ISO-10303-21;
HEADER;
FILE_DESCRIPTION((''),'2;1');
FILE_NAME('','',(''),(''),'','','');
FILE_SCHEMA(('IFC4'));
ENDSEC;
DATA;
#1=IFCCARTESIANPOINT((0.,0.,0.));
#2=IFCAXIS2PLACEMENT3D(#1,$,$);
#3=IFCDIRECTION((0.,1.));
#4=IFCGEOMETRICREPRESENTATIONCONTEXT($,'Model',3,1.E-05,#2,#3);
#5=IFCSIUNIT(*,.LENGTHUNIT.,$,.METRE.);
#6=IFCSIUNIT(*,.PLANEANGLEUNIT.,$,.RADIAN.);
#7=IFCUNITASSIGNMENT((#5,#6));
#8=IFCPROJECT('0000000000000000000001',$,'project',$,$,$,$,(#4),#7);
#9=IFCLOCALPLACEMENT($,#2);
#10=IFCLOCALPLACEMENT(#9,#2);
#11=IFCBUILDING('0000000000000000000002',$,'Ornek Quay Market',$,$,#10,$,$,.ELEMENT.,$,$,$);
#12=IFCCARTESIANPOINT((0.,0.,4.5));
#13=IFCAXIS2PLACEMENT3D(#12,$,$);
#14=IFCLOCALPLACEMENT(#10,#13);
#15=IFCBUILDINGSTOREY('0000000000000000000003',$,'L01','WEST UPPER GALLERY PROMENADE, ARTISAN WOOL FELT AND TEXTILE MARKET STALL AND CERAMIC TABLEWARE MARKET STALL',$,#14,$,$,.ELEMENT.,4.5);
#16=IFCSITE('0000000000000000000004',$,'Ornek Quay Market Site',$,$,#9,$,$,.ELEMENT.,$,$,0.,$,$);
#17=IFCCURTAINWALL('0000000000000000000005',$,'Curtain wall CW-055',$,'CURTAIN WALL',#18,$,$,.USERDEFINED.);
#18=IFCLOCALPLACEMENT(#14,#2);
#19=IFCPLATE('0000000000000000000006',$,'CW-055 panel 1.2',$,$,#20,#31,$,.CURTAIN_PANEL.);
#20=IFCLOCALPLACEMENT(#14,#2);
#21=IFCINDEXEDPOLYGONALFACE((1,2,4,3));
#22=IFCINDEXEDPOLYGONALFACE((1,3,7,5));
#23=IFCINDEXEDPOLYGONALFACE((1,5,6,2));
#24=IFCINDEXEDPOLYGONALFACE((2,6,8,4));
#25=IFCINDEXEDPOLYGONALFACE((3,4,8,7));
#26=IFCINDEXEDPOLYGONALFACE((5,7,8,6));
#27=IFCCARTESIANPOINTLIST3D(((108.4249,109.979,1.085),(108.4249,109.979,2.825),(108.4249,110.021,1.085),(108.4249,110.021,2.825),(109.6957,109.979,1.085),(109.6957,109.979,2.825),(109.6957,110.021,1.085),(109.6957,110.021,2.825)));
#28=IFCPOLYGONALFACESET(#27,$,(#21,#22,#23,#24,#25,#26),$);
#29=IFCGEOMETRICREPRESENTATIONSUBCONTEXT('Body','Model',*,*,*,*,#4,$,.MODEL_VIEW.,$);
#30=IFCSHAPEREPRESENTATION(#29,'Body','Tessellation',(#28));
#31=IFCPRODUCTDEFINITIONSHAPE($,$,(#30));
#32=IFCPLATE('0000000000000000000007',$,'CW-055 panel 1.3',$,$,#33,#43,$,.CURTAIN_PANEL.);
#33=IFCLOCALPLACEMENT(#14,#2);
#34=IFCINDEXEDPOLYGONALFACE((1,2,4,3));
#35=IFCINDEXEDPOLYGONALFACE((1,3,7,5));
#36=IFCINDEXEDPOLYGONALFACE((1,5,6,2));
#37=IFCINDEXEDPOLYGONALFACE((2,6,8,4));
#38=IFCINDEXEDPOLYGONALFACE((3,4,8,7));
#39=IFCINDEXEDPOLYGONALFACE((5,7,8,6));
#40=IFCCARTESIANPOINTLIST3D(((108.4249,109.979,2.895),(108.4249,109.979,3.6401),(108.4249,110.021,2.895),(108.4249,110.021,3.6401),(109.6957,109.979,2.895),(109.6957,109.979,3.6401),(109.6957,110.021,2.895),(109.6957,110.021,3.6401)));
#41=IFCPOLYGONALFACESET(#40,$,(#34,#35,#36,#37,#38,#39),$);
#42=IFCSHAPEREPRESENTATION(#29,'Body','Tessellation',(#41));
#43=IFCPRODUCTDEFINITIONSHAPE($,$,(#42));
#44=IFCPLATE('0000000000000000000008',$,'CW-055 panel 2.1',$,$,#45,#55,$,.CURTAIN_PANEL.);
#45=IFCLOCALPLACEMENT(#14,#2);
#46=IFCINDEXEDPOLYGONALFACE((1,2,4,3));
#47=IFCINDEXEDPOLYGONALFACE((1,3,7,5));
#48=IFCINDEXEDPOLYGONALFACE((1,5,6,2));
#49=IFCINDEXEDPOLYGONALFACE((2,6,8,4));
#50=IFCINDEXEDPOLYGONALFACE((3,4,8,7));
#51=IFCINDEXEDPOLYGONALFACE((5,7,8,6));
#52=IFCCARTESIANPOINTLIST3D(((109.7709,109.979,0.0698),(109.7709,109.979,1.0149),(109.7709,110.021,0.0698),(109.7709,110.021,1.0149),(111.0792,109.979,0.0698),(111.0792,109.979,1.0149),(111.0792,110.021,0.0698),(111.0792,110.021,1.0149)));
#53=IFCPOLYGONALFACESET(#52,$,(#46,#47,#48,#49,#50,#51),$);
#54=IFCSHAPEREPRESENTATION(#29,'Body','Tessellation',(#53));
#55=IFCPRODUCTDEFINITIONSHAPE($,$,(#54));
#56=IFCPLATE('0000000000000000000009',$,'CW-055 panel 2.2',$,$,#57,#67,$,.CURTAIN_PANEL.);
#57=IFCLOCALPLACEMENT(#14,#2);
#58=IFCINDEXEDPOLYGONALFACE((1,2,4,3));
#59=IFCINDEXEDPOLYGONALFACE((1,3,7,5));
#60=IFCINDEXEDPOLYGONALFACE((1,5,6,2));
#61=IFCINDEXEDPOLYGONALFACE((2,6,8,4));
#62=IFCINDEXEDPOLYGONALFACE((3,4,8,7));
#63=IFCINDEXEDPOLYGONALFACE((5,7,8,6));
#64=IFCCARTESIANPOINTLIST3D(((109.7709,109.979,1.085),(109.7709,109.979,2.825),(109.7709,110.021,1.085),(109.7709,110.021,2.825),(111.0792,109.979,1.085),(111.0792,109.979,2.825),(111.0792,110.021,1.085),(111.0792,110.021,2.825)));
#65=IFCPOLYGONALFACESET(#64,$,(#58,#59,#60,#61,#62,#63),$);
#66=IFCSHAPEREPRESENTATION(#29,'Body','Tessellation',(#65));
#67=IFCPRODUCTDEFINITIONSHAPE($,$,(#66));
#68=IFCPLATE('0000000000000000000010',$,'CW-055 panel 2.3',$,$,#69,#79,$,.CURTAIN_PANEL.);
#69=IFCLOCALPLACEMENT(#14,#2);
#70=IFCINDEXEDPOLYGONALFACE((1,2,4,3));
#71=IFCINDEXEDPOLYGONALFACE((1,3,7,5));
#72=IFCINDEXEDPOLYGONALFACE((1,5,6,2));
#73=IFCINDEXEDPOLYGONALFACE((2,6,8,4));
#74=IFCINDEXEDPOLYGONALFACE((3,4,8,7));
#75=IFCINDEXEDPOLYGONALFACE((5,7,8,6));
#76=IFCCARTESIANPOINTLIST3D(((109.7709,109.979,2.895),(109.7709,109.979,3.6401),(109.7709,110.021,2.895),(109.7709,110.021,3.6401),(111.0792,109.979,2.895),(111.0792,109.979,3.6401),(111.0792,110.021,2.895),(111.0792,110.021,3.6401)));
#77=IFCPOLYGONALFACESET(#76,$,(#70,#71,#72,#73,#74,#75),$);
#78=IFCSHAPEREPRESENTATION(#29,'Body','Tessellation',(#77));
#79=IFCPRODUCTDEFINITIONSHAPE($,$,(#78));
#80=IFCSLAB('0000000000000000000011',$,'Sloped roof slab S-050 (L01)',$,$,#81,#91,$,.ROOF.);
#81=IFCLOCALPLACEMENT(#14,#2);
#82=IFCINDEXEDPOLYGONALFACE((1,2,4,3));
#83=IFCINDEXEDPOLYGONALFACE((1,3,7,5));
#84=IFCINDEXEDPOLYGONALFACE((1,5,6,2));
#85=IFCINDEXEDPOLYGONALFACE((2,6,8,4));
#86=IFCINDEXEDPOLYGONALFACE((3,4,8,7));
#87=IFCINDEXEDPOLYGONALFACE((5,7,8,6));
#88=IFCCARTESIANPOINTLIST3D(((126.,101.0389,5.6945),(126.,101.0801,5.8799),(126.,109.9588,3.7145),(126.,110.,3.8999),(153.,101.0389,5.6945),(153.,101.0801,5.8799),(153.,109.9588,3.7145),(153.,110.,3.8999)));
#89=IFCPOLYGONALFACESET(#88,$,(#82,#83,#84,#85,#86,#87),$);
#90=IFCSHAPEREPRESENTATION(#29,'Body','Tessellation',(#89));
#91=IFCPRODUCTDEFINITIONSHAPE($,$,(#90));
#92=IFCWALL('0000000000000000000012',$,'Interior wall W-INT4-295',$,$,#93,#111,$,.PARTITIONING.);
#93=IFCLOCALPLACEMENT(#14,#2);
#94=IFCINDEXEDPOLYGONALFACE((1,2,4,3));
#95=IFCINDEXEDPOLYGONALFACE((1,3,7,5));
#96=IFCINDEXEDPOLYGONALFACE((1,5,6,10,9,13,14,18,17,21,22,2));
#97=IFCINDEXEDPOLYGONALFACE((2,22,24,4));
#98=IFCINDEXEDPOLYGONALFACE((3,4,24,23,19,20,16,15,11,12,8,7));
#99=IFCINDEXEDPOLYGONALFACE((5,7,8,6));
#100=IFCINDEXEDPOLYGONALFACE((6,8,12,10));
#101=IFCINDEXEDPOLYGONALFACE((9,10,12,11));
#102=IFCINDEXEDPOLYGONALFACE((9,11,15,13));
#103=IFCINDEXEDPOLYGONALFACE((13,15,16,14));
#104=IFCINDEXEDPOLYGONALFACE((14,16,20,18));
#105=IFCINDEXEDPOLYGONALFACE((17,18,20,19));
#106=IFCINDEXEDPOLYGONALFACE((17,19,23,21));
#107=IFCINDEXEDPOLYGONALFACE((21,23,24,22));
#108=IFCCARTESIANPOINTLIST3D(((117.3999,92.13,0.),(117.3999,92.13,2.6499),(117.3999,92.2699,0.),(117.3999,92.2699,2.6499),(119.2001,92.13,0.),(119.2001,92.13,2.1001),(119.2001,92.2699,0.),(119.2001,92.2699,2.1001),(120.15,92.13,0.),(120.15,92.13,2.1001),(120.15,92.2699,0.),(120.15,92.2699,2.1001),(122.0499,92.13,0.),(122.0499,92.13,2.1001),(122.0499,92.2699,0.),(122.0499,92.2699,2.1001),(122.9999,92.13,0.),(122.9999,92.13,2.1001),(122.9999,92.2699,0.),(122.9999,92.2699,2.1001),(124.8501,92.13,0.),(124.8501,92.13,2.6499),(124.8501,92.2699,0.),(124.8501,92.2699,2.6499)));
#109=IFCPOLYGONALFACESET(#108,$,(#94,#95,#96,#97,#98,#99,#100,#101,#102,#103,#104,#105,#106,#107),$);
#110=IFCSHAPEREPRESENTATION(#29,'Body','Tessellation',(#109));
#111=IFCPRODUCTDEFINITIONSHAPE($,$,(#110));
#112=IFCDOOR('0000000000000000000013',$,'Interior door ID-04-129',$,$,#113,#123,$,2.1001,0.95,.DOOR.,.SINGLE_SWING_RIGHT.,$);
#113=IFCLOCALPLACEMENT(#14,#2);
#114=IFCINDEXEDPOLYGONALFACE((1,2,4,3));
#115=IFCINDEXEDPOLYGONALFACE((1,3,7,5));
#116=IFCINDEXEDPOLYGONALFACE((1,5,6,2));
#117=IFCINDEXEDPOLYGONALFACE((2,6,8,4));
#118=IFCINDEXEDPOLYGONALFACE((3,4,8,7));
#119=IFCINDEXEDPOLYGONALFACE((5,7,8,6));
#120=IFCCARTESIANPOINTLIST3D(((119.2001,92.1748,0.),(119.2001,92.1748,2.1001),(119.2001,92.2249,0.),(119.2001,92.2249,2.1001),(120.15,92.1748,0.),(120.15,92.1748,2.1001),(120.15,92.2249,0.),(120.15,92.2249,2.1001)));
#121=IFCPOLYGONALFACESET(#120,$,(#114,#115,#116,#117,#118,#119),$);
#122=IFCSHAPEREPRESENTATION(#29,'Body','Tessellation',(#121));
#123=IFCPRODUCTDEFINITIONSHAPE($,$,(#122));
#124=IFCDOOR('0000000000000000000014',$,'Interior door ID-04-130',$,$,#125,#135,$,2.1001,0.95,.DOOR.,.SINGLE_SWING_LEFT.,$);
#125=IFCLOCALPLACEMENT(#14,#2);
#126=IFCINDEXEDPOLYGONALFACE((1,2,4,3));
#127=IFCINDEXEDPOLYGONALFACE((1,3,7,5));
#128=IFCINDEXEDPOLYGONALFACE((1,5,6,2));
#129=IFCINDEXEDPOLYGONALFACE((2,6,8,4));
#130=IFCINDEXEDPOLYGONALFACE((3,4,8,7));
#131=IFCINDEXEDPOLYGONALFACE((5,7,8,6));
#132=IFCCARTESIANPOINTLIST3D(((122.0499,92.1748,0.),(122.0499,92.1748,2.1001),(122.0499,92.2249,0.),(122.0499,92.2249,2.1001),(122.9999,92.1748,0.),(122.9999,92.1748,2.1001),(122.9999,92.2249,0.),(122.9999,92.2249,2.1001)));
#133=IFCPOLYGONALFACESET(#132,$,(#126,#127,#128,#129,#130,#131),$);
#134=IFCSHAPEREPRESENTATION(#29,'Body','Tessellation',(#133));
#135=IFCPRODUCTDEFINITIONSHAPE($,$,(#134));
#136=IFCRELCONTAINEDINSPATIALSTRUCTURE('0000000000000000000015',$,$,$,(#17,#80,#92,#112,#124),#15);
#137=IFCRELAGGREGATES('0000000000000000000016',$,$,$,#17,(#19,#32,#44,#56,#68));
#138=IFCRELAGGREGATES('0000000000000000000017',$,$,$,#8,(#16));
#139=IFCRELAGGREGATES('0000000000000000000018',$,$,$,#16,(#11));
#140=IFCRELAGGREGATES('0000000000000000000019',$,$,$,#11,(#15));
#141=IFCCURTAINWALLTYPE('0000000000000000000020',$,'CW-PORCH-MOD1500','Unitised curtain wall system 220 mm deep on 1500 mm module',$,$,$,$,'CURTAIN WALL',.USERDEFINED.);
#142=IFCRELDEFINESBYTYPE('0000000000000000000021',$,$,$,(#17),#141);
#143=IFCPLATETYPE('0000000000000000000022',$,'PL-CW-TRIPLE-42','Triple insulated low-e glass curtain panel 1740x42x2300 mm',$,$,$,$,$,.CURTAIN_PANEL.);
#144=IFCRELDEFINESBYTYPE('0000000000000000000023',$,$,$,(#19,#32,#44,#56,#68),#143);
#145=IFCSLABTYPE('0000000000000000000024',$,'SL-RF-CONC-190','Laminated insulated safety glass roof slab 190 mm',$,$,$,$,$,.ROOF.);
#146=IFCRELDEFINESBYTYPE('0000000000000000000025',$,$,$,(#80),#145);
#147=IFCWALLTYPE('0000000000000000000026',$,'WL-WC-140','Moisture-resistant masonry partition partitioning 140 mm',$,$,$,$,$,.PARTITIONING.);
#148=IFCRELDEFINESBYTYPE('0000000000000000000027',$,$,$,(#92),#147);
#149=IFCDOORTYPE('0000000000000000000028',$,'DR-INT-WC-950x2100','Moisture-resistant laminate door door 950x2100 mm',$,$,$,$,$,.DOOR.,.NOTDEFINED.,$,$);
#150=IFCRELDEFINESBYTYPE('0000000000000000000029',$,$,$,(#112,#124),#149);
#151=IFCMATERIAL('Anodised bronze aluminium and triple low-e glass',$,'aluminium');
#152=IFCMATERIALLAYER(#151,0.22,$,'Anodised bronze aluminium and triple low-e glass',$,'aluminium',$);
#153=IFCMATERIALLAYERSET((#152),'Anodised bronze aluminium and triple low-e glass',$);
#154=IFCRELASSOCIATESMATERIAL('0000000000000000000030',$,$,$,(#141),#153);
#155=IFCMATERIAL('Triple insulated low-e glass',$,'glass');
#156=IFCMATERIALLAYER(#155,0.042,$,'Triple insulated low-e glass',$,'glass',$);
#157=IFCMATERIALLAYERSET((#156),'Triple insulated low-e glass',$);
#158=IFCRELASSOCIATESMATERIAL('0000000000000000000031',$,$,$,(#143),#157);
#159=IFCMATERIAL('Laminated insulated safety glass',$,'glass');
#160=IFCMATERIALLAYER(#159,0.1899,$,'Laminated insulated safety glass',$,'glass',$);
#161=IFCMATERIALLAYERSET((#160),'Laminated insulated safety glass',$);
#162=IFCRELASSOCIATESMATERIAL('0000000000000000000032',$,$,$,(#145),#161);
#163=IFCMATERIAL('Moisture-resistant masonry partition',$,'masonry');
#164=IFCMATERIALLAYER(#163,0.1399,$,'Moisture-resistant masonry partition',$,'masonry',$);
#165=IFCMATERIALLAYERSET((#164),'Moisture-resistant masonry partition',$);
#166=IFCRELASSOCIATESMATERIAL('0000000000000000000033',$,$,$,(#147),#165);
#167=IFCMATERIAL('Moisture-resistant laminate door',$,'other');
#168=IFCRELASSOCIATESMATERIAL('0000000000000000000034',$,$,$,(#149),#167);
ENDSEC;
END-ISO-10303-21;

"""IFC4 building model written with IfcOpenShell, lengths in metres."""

from ifc_helpers import new_model, si_unit, direction, frame, frame_2d, origin, origin_2d, place, context, subcontext, project, spatial, polyline, rectangle, outline, extrude, material, layer, layer_set, type_object, element, fill, aggregate, save


model = new_model("IFC4")

# Units and contexts
model_context = context("Model", 3, precision=1e-05, world=origin(), true_north=direction((0.0, 1.0)))
body_context = subcontext(model_context, "Body", "Model", "MODEL_VIEW")
ifc_project = project(units=[si_unit("LENGTHUNIT", "METRE"), si_unit("PLANEANGLEUNIT", "RADIAN")], contexts=[model_context])

# Site, building, storey
site_placement = place(None, origin())
site = spatial("IfcSite", under=ifc_project, at=site_placement, Name="Ornek Quay Market Site", CompositionType="ELEMENT", RefElevation=0.0)
building_placement = place(site_placement, origin())
building = spatial("IfcBuilding", under=site, at=building_placement, Name="Ornek Quay Market", CompositionType="ELEMENT")
storey_placement = place(building_placement, frame((0.0, 0.0, 4.5)))
storey = spatial("IfcBuildingStorey", under=building, at=storey_placement, Name="L01", Description="WEST UPPER GALLERY PROMENADE, ARTISAN WOOL FELT AND TEXTILE MARKET STALL AND CERAMIC TABLEWARE MARKET STALL", CompositionType="ELEMENT", Elevation=4.5)

# Curtain wall
ifc_material_1 = material(Name="Anodised bronze aluminium and triple low-e glass", Category="aluminium")
ifc_layer_1 = layer(ifc_material_1, 0.22, Name="Anodised bronze aluminium and triple low-e glass", Category="aluminium")
ifc_layer_set_1 = layer_set([ifc_layer_1], Name="Anodised bronze aluminium and triple low-e glass")
curtain_wall_type_1 = type_object("IfcCurtainWallType", Name="CW-PORCH-MOD1500", Description="Unitised curtain wall system 220 mm deep on 1500 mm module", ElementType="CURTAIN WALL", PredefinedType="USERDEFINED", material=ifc_layer_set_1)
curtain_wall_1_placement = place(storey_placement, origin())
curtain_wall_1 = element("IfcCurtainWall", 1, at=curtain_wall_1_placement, inside=storey, type_object=curtain_wall_type_1, Name="Curtain wall CW-055", ObjectType="CURTAIN WALL", PredefinedType="USERDEFINED")

# Plates
ifc_material_2 = material(Name="Triple insulated low-e glass", Category="glass")
ifc_layer_2 = layer(ifc_material_2, 0.042, Name="Triple insulated low-e glass", Category="glass")
ifc_layer_set_2 = layer_set([ifc_layer_2], Name="Triple insulated low-e glass")
plate_type = type_object("IfcPlateType", Name="PL-CW-TRIPLE-42", Description="Triple insulated low-e glass curtain panel 1740x42x2300 mm", PredefinedType="CURTAIN_PANEL", material=ifc_layer_set_2)
plate_1_placement = place(storey_placement, frame((109.0603, 110.0, 1.085), z_axis=(0.0, 0.0, 1.0), x_axis=(1.0, 0.0, 0.0)))
plate_1 = element("IfcPlate", 2, at=plate_1_placement, type_object=plate_type, Name="CW-055 panel 1.2", PredefinedType="CURTAIN_PANEL", context=body_context, shape_type="SweptSolid", body=[
    extrude(rectangle(XDim=1.2708, YDim=0.042, at=origin_2d()), origin(), (0.0, 0.0, 1.0), 1.74),
])
plate_2_placement = place(storey_placement, frame((109.0603, 110.0, 2.895), z_axis=(0.0, 0.0, 1.0), x_axis=(1.0, 0.0, 0.0)))
plate_2 = element("IfcPlate", 3, at=plate_2_placement, type_object=plate_type, Name="CW-055 panel 1.3", PredefinedType="CURTAIN_PANEL", context=body_context, shape_type="SweptSolid", body=[
    extrude(rectangle(XDim=1.2708, YDim=0.042, at=origin_2d()), origin(), (0.0, 0.0, 1.0), 0.7451),
])
plate_3_placement = place(storey_placement, frame((110.425, 110.0, 0.0698), z_axis=(0.0, 0.0, 1.0), x_axis=(1.0, 0.0, 0.0)))
plate_3 = element("IfcPlate", 4, at=plate_3_placement, type_object=plate_type, Name="CW-055 panel 2.1", PredefinedType="CURTAIN_PANEL", context=body_context, shape_type="SweptSolid", body=[
    extrude(rectangle(XDim=1.3083, YDim=0.042, at=origin_2d()), origin(), (0.0, 0.0, 1.0), 0.9451),
])
plate_4_placement = place(storey_placement, frame((110.425, 110.0, 1.085), z_axis=(0.0, 0.0, 1.0), x_axis=(1.0, 0.0, 0.0)))
plate_4 = element("IfcPlate", 5, at=plate_4_placement, type_object=plate_type, Name="CW-055 panel 2.2", PredefinedType="CURTAIN_PANEL", context=body_context, shape_type="SweptSolid", body=[
    extrude(rectangle(XDim=1.3083, YDim=0.042, at=origin_2d()), origin(), (0.0, 0.0, 1.0), 1.74),
])
plate_5_placement = place(storey_placement, frame((110.425, 110.0, 2.895), z_axis=(0.0, 0.0, 1.0), x_axis=(1.0, 0.0, 0.0)))
plate_5 = element("IfcPlate", 6, at=plate_5_placement, type_object=plate_type, Name="CW-055 panel 2.3", PredefinedType="CURTAIN_PANEL", context=body_context, shape_type="SweptSolid", body=[
    extrude(rectangle(XDim=1.3083, YDim=0.042, at=origin_2d()), origin(), (0.0, 0.0, 1.0), 0.7451),
])
aggregate(curtain_wall_1, [plate_1, plate_2, plate_3, plate_4, plate_5])

# Slab
ifc_material_3 = material(Name="Laminated insulated safety glass", Category="glass")
ifc_layer_3 = layer(ifc_material_3, 0.1899, Name="Laminated insulated safety glass", Category="glass")
ifc_layer_set_3 = layer_set([ifc_layer_3], Name="Laminated insulated safety glass")
slab_type = type_object("IfcSlabType", Name="SL-RF-CONC-190", Description="Laminated insulated safety glass roof slab 190 mm", PredefinedType="ROOF", material=ifc_layer_set_3)
slab_placement = place(storey_placement, frame((126.0, 101.0801, 5.8799), z_axis=(0.0, 0.216698, 0.976239), x_axis=(1.0, 0.0, 0.0)))
element("IfcSlab", 7, at=slab_placement, inside=storey, type_object=slab_type, Name="Sloped roof slab S-050 (L01)", PredefinedType="ROOF", context=body_context, shape_type="SweptSolid", body=[
    extrude(outline(polyline([(0.0, 0.0), (27.0, 0.0), (27.0, 9.137), (0.0, 9.137), (0.0, 0.0)])), origin(), (0.0, 0.0, -1.0), 0.1899),
])

# Wall, openings, doors
ifc_material_4 = material(Name="Moisture-resistant masonry partition", Category="masonry")
ifc_layer_4 = layer(ifc_material_4, 0.1399, Name="Moisture-resistant masonry partition", Category="masonry")
ifc_layer_set_4 = layer_set([ifc_layer_4], Name="Moisture-resistant masonry partition")
wall_type = type_object("IfcWallType", Name="WL-WC-140", Description="Moisture-resistant masonry partition partitioning 140 mm", PredefinedType="PARTITIONING", material=ifc_layer_set_4)
wall_1_placement = place(storey_placement, frame((117.3999, 92.2, 0.0), z_axis=(0.0, 0.0, 1.0), x_axis=(1.0, 0.0, 0.0)))
wall_1 = element("IfcWall", 8, at=wall_1_placement, inside=storey, type_object=wall_type, Name="Interior wall W-INT4-295", PredefinedType="PARTITIONING", context=body_context, shape_type="SweptSolid", body=[
    extrude(rectangle(XDim=7.4502, YDim=0.1399, at=frame_2d((3.7251, 0.0))), origin(), (0.0, 0.0, 1.0), 2.6499),
])
opening_1_placement = place(wall_1_placement, frame((1.8, 0.0, 0.0)))
opening_1 = element("IfcOpeningElement", 9, at=opening_1_placement, cuts=wall_1, PredefinedType="OPENING", context=body_context, shape_type="SweptSolid", body=[
    extrude(rectangle(XDim=0.95, YDim=2.1001, at=frame_2d((0.4751, 1.05))), frame((0.0, 0.0798, 0.0), z_axis=(0.0, -1.0, 0.0), x_axis=(1.0, 0.0, 0.0)), (0.0, 0.0, 1.0), 0.1599),
])
opening_2_placement = place(wall_1_placement, frame((4.6499, 0.0, 0.0)))
opening_2 = element("IfcOpeningElement", 10, at=opening_2_placement, cuts=wall_1, PredefinedType="OPENING", context=body_context, shape_type="SweptSolid", body=[
    extrude(rectangle(XDim=0.95, YDim=2.1001, at=frame_2d((0.4751, 1.05))), frame((0.0, 0.0798, 0.0), z_axis=(0.0, -1.0, 0.0), x_axis=(1.0, 0.0, 0.0)), (0.0, 0.0, 1.0), 0.1599),
])
ifc_material_5 = material(Name="Moisture-resistant laminate door", Category="other")
door_type = type_object("IfcDoorType", Name="DR-INT-WC-950x2100", Description="Moisture-resistant laminate door door 950x2100 mm", OperationType="NOTDEFINED", PredefinedType="DOOR", material=ifc_material_5)
door_1_placement = place(opening_1_placement, origin())
door_1 = element("IfcDoor", 11, at=door_1_placement, inside=storey, type_object=door_type, Name="Interior door ID-04-129", OperationType="SINGLE_SWING_RIGHT", OverallHeight=2.1001, OverallWidth=0.95, PredefinedType="DOOR", context=body_context, shape_type="SweptSolid", body=[
    extrude(rectangle(XDim=0.95, YDim=2.1001, at=frame_2d((0.4751, 1.05))), frame((0.0, 0.0249, 0.0), z_axis=(0.0, -1.0, 0.0), x_axis=(1.0, 0.0, 0.0)), (0.0, 0.0, 1.0), 0.05),
])
fill(opening_1, door_1)
door_2_placement = place(opening_2_placement, origin())
door_2 = element("IfcDoor", 12, at=door_2_placement, inside=storey, type_object=door_type, Name="Interior door ID-04-130", OperationType="SINGLE_SWING_LEFT", OverallHeight=2.1001, OverallWidth=0.95, PredefinedType="DOOR", context=body_context, shape_type="SweptSolid", body=[
    extrude(rectangle(XDim=0.95, YDim=2.1001, at=frame_2d((0.4751, 1.05))), frame((0.0, 0.0249, 0.0), z_axis=(0.0, -1.0, 0.0), x_axis=(1.0, 0.0, 0.0)), (0.0, 0.0, 1.0), 0.05),
])
fill(opening_2, door_2)

save(model, "model.ifc")
